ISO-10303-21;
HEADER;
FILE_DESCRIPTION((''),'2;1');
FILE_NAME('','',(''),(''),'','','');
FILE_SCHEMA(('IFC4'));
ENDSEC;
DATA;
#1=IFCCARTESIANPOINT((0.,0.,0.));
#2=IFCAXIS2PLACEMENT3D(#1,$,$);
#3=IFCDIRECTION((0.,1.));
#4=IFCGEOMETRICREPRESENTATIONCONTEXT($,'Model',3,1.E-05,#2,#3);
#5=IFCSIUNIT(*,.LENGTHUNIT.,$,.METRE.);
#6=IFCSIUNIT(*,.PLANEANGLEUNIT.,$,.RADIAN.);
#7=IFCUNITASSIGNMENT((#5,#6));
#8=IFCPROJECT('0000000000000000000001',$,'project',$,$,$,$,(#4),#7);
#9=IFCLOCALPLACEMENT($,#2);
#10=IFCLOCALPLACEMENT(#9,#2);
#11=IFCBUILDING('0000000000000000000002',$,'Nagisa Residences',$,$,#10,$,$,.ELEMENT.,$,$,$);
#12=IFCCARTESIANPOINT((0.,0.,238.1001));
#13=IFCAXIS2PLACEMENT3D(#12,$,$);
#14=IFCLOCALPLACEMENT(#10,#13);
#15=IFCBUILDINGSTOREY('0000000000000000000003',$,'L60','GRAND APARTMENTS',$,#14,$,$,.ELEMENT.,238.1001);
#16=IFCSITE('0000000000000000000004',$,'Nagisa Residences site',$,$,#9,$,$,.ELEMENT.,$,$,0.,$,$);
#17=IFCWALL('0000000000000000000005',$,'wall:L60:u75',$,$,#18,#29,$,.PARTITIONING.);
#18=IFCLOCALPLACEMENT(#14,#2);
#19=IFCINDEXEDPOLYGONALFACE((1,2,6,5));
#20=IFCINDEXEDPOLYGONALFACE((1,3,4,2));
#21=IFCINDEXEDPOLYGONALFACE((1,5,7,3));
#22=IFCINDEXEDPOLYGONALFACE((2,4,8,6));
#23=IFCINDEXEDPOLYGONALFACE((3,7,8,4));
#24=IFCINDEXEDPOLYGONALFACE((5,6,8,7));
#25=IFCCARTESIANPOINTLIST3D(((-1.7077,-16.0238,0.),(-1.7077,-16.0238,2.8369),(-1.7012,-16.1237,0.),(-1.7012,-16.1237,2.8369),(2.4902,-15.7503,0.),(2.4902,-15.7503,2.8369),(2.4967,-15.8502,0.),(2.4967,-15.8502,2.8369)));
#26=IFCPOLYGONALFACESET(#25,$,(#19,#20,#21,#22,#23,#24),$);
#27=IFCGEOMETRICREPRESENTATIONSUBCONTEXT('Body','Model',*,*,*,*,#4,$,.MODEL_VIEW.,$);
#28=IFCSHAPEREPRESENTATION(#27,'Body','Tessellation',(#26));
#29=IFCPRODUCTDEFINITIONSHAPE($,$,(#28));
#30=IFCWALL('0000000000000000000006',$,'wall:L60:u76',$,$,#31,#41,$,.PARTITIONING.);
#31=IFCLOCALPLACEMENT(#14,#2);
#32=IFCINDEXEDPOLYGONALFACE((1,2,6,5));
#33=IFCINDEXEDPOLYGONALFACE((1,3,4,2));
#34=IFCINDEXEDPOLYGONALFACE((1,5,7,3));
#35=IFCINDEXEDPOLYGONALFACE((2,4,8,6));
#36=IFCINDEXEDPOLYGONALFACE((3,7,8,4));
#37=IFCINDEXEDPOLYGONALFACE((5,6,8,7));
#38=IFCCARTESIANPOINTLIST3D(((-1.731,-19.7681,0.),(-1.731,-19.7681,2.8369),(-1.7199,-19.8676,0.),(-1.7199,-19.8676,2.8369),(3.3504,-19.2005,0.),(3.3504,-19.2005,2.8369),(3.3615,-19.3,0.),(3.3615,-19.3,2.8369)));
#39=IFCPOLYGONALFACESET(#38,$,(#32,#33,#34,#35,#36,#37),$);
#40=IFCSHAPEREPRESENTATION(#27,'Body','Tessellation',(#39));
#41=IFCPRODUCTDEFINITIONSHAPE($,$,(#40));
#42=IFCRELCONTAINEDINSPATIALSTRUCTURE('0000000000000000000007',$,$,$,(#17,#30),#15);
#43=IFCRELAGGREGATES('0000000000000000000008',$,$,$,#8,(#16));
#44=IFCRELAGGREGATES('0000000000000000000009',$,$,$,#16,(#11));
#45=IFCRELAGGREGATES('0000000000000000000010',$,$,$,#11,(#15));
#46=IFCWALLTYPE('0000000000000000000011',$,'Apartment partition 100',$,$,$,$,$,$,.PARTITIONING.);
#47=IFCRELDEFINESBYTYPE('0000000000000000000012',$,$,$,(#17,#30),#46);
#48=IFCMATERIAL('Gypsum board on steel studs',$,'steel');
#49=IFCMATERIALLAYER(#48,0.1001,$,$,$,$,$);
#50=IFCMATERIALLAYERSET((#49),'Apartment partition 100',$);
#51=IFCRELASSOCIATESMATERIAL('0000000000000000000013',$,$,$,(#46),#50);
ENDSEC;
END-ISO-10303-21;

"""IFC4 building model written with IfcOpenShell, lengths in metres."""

from ifc_helpers import new_model, si_unit, direction, frame, frame_2d, origin, place, context, subcontext, project, spatial, rectangle, extrude, material, layer, layer_set, type_object, element, save


model = new_model("IFC4")

# Units and contexts
model_context = context("Model", 3, precision=1e-05, world=origin(), true_north=direction((0.0, 1.0)))
body_context = subcontext(model_context, "Body", "Model", "MODEL_VIEW")
ifc_project = project(units=[si_unit("LENGTHUNIT", "METRE"), si_unit("PLANEANGLEUNIT", "RADIAN")], contexts=[model_context])

# Site, building, storey
site_placement = place(None, origin())
site = spatial("IfcSite", under=ifc_project, at=site_placement, Name="Nagisa Residences site", CompositionType="ELEMENT", RefElevation=0.0)
building_placement = place(site_placement, origin())
building = spatial("IfcBuilding", under=site, at=building_placement, Name="Nagisa Residences", CompositionType="ELEMENT")
storey_placement = place(building_placement, frame((0.0, 0.0, 238.1001)))
storey = spatial("IfcBuildingStorey", under=building, at=storey_placement, Name="L60", Description="GRAND APARTMENTS", CompositionType="ELEMENT", Elevation=238.1001)

# Shared definitions
ifc_material_1 = material(Name="Gypsum board on steel studs", Category="steel")
ifc_layer_1 = layer(ifc_material_1, 0.1001)
ifc_layer_set_1 = layer_set([ifc_layer_1], Name="Apartment partition 100")
wall_type_1 = type_object("IfcWallType", Name="Apartment partition 100", PredefinedType="PARTITIONING", material=ifc_layer_set_1)

# Walls
wall_1_placement = place(storey_placement, frame((-1.7046, -16.0737, 0.0), z_axis=(0.0, 0.0, 1.0), x_axis=(0.997885, 0.064997, 0.0)))
element("IfcWall", 1, at=wall_1_placement, inside=storey, type_object=wall_type_1, Name="wall:L60:u75", PredefinedType="PARTITIONING", context=body_context, shape_type="SweptSolid", body=[
    extrude(rectangle(XDim=4.2068, YDim=0.1001, at=frame_2d((2.1035, 0.0))), origin(), (0.0, 0.0, 1.0), 2.8369),
])
wall_2_placement = place(storey_placement, frame((-1.7256, -19.8179, 0.0), z_axis=(0.0, 0.0, 1.0), x_axis=(0.993819, 0.111013, 0.0)))
element("IfcWall", 2, at=wall_2_placement, inside=storey, type_object=wall_type_1, Name="wall:L60:u76", PredefinedType="PARTITIONING", context=body_context, shape_type="SweptSolid", body=[
    extrude(rectangle(XDim=5.113, YDim=0.1001, at=frame_2d((2.5566, 0.0))), origin(), (0.0, 0.0, 1.0), 2.8369),
])

save(model, "model.ifc")
